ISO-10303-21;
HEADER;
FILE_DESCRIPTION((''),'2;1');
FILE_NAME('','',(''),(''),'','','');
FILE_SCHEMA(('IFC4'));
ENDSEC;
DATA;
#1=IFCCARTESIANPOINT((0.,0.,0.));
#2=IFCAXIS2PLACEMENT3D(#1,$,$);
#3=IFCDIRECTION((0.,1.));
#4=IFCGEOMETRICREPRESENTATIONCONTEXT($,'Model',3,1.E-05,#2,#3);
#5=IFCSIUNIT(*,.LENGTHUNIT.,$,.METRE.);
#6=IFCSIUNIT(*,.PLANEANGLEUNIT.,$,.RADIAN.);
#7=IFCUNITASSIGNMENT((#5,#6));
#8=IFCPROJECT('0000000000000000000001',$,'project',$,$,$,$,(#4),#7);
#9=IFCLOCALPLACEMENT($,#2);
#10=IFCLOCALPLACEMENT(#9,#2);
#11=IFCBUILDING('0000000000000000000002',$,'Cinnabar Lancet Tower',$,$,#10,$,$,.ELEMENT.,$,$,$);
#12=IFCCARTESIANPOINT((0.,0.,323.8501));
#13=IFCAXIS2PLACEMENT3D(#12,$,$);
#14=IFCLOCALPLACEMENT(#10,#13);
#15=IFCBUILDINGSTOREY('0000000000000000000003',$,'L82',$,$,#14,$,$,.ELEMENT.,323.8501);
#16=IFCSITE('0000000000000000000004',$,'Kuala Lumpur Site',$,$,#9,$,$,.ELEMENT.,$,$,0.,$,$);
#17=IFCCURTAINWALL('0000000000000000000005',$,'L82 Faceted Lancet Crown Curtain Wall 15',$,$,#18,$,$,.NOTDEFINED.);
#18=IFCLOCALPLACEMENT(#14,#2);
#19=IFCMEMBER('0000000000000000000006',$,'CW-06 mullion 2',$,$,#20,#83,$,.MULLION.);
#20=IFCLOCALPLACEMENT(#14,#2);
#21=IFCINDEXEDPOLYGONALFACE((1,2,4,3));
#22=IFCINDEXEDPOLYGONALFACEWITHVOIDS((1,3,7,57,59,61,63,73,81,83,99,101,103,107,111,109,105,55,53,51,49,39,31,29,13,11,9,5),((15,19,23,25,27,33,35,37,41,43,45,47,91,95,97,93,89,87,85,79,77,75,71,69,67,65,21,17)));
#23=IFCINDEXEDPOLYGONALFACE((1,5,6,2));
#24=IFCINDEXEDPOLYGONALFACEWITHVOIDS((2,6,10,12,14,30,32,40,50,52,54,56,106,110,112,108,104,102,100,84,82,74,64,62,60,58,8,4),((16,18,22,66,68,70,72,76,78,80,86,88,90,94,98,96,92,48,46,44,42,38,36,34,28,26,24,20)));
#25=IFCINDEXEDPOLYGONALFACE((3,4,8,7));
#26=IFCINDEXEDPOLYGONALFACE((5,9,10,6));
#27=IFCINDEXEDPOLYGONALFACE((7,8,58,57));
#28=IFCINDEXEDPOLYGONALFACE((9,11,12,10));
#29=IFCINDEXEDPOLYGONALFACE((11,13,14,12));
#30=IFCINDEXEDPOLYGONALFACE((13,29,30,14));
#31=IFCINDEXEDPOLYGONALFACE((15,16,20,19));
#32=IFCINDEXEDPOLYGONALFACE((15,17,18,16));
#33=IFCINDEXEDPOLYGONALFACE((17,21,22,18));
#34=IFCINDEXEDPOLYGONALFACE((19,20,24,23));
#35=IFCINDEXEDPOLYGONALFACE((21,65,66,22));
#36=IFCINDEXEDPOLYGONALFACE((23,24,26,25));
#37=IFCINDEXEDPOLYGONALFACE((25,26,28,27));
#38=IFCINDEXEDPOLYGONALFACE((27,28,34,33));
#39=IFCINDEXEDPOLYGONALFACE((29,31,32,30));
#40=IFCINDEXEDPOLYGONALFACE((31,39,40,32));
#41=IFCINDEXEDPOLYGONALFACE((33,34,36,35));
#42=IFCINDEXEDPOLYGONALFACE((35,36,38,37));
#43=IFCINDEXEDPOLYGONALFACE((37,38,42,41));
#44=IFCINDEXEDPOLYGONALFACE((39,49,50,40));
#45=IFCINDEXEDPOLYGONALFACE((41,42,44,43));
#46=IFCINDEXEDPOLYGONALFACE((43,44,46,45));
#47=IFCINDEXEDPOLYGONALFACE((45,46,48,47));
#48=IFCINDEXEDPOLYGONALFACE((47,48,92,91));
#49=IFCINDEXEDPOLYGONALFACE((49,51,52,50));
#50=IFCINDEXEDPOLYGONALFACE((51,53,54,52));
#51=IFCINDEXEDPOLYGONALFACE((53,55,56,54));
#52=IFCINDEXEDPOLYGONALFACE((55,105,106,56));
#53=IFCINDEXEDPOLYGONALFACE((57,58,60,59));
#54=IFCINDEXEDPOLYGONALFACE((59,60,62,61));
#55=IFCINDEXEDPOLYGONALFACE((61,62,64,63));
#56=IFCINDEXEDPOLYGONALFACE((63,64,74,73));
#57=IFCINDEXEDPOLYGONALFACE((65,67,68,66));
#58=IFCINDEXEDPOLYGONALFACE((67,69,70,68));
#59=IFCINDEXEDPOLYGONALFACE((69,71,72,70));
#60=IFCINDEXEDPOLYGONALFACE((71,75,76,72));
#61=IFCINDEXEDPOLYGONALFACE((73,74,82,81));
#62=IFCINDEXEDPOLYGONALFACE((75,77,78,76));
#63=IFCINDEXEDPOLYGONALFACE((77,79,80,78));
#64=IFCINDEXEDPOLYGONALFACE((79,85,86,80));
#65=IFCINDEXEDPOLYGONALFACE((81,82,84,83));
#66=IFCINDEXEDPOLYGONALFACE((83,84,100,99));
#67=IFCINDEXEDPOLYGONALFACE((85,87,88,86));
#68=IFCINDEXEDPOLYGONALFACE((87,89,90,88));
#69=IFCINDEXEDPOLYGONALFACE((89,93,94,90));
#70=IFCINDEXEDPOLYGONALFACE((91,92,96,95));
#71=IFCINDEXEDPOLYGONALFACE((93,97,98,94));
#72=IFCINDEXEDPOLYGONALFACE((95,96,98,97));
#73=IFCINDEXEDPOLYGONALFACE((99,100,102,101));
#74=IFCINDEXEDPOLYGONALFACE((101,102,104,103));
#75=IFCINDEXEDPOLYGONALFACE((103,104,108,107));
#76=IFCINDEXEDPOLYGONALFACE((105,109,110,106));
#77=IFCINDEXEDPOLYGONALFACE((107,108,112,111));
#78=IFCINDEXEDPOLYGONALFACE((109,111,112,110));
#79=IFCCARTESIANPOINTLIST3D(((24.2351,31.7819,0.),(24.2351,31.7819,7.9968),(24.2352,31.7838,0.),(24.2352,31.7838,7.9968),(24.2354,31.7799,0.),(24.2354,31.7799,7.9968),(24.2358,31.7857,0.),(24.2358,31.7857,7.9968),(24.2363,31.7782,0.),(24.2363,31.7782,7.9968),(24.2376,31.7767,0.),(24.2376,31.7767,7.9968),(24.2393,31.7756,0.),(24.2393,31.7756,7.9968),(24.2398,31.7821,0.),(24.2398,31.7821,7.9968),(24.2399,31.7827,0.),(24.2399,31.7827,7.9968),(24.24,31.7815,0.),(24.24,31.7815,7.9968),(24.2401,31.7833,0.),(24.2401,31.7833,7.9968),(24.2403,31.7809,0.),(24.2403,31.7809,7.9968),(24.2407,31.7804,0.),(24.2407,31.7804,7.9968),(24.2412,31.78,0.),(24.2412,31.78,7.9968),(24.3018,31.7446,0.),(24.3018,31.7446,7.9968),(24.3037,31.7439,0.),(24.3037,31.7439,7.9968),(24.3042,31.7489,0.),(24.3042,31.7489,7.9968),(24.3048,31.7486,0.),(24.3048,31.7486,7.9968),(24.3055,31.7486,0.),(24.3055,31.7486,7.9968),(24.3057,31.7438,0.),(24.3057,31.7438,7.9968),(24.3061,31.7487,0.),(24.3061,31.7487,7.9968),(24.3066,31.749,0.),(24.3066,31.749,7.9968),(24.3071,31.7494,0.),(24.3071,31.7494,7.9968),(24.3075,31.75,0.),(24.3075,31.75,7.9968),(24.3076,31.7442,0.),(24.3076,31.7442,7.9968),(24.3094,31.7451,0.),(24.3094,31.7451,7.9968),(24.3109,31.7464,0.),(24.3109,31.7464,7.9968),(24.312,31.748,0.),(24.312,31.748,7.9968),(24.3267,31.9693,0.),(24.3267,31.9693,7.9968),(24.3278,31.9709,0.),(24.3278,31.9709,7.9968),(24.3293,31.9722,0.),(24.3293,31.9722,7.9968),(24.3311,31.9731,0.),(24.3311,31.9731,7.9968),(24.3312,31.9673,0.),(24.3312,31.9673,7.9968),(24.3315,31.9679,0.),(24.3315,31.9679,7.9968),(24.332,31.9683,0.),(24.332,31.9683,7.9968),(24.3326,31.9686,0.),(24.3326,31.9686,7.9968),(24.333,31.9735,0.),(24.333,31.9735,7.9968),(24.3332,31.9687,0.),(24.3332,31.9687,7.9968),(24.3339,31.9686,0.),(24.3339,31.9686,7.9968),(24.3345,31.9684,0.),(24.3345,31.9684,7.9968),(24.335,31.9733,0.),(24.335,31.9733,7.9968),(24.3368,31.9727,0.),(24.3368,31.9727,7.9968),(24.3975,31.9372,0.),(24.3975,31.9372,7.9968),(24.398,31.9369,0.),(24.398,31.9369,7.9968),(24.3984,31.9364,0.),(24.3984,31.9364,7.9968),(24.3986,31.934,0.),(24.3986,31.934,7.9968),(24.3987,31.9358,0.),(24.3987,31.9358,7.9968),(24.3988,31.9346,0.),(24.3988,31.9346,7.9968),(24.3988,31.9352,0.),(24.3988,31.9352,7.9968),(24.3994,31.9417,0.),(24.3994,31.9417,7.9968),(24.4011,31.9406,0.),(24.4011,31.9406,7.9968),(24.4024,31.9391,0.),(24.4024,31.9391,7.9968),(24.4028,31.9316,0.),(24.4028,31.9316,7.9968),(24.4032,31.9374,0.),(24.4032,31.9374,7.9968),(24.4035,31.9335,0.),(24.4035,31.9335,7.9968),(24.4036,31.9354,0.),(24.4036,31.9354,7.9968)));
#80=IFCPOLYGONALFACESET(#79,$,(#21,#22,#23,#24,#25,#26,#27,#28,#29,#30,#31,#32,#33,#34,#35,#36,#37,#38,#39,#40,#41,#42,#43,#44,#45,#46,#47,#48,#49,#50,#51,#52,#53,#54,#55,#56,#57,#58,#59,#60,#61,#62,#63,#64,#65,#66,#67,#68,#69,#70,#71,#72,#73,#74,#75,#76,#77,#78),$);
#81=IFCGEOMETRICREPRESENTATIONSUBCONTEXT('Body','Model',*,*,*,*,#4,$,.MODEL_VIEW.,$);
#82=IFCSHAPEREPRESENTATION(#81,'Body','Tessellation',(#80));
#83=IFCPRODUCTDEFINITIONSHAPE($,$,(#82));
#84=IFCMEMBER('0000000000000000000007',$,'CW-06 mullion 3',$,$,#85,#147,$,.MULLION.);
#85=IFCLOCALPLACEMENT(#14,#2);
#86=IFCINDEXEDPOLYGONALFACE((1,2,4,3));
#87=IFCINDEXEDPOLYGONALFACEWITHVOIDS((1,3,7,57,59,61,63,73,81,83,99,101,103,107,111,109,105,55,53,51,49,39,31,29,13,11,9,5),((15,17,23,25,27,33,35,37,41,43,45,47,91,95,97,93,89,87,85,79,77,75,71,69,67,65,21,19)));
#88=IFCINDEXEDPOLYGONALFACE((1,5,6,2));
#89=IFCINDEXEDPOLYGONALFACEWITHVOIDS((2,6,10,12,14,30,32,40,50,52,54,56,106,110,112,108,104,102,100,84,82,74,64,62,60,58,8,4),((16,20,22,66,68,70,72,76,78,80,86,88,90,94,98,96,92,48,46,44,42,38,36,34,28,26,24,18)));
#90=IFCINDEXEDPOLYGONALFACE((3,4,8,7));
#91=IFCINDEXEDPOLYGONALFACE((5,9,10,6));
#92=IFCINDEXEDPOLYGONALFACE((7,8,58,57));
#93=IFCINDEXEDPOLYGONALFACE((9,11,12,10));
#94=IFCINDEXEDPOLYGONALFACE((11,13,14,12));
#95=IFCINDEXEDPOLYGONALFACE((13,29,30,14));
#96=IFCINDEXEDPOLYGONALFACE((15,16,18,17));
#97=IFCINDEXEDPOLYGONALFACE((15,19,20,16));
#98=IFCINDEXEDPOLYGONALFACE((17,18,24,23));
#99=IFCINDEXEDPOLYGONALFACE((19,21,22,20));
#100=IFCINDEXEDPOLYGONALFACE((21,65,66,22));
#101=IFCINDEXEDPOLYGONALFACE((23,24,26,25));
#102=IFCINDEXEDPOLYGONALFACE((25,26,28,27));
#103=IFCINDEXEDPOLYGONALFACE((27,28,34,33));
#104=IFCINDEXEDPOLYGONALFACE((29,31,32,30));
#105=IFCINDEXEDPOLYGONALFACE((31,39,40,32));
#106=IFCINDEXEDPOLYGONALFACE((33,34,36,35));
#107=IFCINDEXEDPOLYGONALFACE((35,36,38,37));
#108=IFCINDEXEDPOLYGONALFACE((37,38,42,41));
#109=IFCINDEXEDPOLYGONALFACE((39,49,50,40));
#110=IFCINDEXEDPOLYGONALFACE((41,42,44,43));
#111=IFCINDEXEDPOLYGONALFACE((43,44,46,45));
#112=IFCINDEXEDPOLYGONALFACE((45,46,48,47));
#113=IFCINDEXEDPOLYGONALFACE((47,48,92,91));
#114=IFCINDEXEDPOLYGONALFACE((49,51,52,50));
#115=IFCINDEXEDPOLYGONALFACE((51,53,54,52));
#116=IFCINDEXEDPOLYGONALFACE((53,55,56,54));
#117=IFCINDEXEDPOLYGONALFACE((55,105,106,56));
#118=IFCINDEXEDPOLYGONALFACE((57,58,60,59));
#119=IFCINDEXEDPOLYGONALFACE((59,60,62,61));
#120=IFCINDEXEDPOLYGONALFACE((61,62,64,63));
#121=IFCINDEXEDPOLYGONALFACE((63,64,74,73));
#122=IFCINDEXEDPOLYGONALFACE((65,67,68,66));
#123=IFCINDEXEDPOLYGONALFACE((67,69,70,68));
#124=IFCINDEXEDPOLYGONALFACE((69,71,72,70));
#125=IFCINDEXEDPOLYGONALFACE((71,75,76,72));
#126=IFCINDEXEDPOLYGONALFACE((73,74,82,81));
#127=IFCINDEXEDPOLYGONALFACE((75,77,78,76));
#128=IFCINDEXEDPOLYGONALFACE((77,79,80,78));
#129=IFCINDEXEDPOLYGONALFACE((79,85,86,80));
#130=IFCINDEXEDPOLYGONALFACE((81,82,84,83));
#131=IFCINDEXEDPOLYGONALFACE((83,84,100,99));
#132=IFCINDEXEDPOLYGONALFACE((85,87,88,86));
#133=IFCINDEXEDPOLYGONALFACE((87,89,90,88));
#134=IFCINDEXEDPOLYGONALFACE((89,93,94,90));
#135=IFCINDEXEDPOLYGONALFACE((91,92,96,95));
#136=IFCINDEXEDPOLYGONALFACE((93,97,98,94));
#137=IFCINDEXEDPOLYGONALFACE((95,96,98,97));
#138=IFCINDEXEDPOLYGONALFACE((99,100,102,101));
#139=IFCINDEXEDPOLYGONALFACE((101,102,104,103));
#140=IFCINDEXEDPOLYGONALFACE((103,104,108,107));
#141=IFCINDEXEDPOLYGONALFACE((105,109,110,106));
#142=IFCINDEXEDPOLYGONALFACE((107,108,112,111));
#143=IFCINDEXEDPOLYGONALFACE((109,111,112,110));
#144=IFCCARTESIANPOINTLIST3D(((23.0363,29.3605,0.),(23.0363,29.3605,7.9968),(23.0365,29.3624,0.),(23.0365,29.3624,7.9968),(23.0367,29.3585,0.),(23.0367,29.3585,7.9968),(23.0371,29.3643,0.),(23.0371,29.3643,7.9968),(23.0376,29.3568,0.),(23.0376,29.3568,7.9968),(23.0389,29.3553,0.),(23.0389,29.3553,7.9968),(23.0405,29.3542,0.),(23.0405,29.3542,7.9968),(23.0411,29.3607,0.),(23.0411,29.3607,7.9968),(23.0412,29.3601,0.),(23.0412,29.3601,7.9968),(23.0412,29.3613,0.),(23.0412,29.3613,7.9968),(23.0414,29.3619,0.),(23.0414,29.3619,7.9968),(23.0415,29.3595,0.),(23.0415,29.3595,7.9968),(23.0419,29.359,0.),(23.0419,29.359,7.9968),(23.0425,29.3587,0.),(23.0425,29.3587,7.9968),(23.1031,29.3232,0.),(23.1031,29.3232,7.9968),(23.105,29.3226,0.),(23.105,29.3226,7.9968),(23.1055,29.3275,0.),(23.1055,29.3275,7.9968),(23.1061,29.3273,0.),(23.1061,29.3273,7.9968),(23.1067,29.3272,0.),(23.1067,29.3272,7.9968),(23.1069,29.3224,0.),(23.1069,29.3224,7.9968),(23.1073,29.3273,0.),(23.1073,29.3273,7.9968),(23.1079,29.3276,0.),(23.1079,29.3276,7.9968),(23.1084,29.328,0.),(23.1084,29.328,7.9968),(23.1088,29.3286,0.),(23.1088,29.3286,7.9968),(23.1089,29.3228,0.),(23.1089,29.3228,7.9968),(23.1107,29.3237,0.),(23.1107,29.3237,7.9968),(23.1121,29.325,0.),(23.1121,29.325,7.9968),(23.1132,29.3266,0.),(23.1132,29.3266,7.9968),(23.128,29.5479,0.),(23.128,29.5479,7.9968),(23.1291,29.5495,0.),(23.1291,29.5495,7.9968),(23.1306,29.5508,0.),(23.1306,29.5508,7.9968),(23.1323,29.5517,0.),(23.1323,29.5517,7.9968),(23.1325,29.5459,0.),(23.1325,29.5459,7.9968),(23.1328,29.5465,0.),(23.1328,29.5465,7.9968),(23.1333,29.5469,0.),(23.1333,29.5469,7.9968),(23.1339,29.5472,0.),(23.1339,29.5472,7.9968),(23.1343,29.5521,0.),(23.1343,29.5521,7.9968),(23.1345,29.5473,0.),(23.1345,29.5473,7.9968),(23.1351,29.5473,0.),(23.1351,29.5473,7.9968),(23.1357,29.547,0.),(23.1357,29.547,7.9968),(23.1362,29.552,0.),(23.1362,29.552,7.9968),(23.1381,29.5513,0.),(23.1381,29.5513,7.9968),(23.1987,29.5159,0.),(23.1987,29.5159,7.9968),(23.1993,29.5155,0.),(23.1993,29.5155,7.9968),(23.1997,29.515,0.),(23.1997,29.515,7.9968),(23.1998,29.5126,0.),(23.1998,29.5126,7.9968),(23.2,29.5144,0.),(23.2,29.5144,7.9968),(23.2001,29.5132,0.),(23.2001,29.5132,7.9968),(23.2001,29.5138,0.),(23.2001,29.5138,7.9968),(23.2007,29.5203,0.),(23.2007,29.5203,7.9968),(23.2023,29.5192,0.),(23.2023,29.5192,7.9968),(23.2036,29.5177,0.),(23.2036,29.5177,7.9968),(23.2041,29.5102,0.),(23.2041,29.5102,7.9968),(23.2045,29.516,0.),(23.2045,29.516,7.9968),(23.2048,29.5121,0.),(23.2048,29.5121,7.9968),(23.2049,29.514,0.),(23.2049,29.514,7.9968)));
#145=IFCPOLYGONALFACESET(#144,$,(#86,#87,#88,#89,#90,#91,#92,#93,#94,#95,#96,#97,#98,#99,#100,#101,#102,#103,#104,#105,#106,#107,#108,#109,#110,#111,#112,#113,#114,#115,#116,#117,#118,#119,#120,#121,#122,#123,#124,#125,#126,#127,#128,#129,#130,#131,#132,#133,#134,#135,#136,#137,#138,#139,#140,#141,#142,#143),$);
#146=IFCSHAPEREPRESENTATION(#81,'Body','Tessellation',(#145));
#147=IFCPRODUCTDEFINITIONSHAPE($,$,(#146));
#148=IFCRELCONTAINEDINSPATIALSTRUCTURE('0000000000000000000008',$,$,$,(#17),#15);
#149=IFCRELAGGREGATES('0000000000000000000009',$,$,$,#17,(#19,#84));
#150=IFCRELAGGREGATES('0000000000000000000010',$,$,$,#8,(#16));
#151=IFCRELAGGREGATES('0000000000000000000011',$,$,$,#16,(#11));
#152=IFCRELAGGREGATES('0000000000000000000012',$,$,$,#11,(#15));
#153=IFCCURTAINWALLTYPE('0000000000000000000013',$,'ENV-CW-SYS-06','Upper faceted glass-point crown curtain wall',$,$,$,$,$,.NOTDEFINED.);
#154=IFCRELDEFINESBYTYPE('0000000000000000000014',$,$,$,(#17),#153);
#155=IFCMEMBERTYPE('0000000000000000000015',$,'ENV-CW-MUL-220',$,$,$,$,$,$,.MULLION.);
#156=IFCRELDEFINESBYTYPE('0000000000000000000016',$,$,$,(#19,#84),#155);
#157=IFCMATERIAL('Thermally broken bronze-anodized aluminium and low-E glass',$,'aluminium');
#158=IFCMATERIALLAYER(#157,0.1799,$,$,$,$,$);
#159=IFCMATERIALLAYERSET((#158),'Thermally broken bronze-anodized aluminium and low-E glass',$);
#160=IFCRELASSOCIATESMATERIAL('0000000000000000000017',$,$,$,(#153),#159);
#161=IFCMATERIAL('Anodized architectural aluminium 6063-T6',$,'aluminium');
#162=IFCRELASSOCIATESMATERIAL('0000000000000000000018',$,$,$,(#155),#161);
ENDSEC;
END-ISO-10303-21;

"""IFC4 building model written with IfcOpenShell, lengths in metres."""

from ifc_helpers import new_model, si_unit, direction, frame, origin, origin_2d, place, context, subcontext, project, spatial, hollow_rectangle, extrude, material, layer, layer_set, material_profile, profile_set, type_object, element, aggregate, save


model = new_model("IFC4")

# Units and contexts
model_context = context("Model", 3, precision=1e-05, world=origin(), true_north=direction((0.0, 1.0)))
body_context = subcontext(model_context, "Body", "Model", "MODEL_VIEW")
ifc_project = project(units=[si_unit("LENGTHUNIT", "METRE"), si_unit("PLANEANGLEUNIT", "RADIAN")], contexts=[model_context])

# Site, building, storey
site_placement = place(None, origin())
site = spatial("IfcSite", under=ifc_project, at=site_placement, Name="Kuala Lumpur Site", CompositionType="ELEMENT", RefElevation=0.0)
building_placement = place(site_placement, origin())
building = spatial("IfcBuilding", under=site, at=building_placement, Name="Cinnabar Lancet Tower", CompositionType="ELEMENT")
storey_placement = place(building_placement, frame((0.0, 0.0, 323.8501)))
storey = spatial("IfcBuildingStorey", under=building, at=storey_placement, Name="L82", CompositionType="ELEMENT", Elevation=323.8501)

# Curtain wall, members
ifc_material_1 = material(Name="Thermally broken bronze-anodized aluminium and low-E glass", Category="aluminium")
ifc_layer_1 = layer(ifc_material_1, 0.1799)
ifc_layer_set_1 = layer_set([ifc_layer_1], Name="Thermally broken bronze-anodized aluminium and low-E glass")
curtain_wall_type = type_object("IfcCurtainWallType", Name="ENV-CW-SYS-06", Description="Upper faceted glass-point crown curtain wall", PredefinedType="NOTDEFINED", material=ifc_layer_set_1)
curtain_wall_placement = place(storey_placement, origin())
curtain_wall = element("IfcCurtainWall", 1, at=curtain_wall_placement, inside=storey, type_object=curtain_wall_type, Name="L82 Faceted Lancet Crown Curtain Wall 15", PredefinedType="NOTDEFINED")
ifc_material_2 = material(Name="Anodized architectural aluminium 6063-T6", Category="aluminium")
ifc_material_profile_1 = material_profile(ifc_material_2, hollow_rectangle(XDim=0.085, YDim=0.22, WallThickness=0.0049, InnerFilletRadius=0.0024, OuterFilletRadius=0.0076, at=origin_2d()), Name="CW-MUL 220x85x5")
ifc_profile_set_1 = profile_set([ifc_material_profile_1], Name="Anodized architectural aluminium 6063-T6")
member_type_1 = type_object("IfcMemberType", Name="ENV-CW-MUL-220", PredefinedType="MULLION", material=ifc_profile_set_1)
member_1_placement = place(storey_placement, frame((24.3193, 31.8586, 0.0), z_axis=(0.0, 0.0, 1.0), x_axis=(0.896197, -0.443657, 0.0)))
member_1 = element("IfcMember", 2, at=member_1_placement, type_object=member_type_1, Name="CW-06 mullion 2", PredefinedType="MULLION", context=body_context, shape_type="SweptSolid", body=[
    extrude(hollow_rectangle(XDim=0.085, YDim=0.22, WallThickness=0.0049, InnerFilletRadius=0.0024, OuterFilletRadius=0.0076, at=origin_2d()), origin(), (0.0, 0.0, 1.0), 7.9968),
])
member_2_placement = place(storey_placement, frame((23.1206, 29.4373, 0.0), z_axis=(0.0, 0.0, 1.0), x_axis=(0.896197, -0.443657, 0.0)))
member_2 = element("IfcMember", 3, at=member_2_placement, type_object=member_type_1, Name="CW-06 mullion 3", PredefinedType="MULLION", context=body_context, shape_type="SweptSolid", body=[
    extrude(hollow_rectangle(XDim=0.085, YDim=0.22, WallThickness=0.0049, InnerFilletRadius=0.0024, OuterFilletRadius=0.0076, at=origin_2d()), origin(), (0.0, 0.0, 1.0), 7.9968),
])

aggregate(curtain_wall, [member_1, member_2])

save(model, "model.ifc")
